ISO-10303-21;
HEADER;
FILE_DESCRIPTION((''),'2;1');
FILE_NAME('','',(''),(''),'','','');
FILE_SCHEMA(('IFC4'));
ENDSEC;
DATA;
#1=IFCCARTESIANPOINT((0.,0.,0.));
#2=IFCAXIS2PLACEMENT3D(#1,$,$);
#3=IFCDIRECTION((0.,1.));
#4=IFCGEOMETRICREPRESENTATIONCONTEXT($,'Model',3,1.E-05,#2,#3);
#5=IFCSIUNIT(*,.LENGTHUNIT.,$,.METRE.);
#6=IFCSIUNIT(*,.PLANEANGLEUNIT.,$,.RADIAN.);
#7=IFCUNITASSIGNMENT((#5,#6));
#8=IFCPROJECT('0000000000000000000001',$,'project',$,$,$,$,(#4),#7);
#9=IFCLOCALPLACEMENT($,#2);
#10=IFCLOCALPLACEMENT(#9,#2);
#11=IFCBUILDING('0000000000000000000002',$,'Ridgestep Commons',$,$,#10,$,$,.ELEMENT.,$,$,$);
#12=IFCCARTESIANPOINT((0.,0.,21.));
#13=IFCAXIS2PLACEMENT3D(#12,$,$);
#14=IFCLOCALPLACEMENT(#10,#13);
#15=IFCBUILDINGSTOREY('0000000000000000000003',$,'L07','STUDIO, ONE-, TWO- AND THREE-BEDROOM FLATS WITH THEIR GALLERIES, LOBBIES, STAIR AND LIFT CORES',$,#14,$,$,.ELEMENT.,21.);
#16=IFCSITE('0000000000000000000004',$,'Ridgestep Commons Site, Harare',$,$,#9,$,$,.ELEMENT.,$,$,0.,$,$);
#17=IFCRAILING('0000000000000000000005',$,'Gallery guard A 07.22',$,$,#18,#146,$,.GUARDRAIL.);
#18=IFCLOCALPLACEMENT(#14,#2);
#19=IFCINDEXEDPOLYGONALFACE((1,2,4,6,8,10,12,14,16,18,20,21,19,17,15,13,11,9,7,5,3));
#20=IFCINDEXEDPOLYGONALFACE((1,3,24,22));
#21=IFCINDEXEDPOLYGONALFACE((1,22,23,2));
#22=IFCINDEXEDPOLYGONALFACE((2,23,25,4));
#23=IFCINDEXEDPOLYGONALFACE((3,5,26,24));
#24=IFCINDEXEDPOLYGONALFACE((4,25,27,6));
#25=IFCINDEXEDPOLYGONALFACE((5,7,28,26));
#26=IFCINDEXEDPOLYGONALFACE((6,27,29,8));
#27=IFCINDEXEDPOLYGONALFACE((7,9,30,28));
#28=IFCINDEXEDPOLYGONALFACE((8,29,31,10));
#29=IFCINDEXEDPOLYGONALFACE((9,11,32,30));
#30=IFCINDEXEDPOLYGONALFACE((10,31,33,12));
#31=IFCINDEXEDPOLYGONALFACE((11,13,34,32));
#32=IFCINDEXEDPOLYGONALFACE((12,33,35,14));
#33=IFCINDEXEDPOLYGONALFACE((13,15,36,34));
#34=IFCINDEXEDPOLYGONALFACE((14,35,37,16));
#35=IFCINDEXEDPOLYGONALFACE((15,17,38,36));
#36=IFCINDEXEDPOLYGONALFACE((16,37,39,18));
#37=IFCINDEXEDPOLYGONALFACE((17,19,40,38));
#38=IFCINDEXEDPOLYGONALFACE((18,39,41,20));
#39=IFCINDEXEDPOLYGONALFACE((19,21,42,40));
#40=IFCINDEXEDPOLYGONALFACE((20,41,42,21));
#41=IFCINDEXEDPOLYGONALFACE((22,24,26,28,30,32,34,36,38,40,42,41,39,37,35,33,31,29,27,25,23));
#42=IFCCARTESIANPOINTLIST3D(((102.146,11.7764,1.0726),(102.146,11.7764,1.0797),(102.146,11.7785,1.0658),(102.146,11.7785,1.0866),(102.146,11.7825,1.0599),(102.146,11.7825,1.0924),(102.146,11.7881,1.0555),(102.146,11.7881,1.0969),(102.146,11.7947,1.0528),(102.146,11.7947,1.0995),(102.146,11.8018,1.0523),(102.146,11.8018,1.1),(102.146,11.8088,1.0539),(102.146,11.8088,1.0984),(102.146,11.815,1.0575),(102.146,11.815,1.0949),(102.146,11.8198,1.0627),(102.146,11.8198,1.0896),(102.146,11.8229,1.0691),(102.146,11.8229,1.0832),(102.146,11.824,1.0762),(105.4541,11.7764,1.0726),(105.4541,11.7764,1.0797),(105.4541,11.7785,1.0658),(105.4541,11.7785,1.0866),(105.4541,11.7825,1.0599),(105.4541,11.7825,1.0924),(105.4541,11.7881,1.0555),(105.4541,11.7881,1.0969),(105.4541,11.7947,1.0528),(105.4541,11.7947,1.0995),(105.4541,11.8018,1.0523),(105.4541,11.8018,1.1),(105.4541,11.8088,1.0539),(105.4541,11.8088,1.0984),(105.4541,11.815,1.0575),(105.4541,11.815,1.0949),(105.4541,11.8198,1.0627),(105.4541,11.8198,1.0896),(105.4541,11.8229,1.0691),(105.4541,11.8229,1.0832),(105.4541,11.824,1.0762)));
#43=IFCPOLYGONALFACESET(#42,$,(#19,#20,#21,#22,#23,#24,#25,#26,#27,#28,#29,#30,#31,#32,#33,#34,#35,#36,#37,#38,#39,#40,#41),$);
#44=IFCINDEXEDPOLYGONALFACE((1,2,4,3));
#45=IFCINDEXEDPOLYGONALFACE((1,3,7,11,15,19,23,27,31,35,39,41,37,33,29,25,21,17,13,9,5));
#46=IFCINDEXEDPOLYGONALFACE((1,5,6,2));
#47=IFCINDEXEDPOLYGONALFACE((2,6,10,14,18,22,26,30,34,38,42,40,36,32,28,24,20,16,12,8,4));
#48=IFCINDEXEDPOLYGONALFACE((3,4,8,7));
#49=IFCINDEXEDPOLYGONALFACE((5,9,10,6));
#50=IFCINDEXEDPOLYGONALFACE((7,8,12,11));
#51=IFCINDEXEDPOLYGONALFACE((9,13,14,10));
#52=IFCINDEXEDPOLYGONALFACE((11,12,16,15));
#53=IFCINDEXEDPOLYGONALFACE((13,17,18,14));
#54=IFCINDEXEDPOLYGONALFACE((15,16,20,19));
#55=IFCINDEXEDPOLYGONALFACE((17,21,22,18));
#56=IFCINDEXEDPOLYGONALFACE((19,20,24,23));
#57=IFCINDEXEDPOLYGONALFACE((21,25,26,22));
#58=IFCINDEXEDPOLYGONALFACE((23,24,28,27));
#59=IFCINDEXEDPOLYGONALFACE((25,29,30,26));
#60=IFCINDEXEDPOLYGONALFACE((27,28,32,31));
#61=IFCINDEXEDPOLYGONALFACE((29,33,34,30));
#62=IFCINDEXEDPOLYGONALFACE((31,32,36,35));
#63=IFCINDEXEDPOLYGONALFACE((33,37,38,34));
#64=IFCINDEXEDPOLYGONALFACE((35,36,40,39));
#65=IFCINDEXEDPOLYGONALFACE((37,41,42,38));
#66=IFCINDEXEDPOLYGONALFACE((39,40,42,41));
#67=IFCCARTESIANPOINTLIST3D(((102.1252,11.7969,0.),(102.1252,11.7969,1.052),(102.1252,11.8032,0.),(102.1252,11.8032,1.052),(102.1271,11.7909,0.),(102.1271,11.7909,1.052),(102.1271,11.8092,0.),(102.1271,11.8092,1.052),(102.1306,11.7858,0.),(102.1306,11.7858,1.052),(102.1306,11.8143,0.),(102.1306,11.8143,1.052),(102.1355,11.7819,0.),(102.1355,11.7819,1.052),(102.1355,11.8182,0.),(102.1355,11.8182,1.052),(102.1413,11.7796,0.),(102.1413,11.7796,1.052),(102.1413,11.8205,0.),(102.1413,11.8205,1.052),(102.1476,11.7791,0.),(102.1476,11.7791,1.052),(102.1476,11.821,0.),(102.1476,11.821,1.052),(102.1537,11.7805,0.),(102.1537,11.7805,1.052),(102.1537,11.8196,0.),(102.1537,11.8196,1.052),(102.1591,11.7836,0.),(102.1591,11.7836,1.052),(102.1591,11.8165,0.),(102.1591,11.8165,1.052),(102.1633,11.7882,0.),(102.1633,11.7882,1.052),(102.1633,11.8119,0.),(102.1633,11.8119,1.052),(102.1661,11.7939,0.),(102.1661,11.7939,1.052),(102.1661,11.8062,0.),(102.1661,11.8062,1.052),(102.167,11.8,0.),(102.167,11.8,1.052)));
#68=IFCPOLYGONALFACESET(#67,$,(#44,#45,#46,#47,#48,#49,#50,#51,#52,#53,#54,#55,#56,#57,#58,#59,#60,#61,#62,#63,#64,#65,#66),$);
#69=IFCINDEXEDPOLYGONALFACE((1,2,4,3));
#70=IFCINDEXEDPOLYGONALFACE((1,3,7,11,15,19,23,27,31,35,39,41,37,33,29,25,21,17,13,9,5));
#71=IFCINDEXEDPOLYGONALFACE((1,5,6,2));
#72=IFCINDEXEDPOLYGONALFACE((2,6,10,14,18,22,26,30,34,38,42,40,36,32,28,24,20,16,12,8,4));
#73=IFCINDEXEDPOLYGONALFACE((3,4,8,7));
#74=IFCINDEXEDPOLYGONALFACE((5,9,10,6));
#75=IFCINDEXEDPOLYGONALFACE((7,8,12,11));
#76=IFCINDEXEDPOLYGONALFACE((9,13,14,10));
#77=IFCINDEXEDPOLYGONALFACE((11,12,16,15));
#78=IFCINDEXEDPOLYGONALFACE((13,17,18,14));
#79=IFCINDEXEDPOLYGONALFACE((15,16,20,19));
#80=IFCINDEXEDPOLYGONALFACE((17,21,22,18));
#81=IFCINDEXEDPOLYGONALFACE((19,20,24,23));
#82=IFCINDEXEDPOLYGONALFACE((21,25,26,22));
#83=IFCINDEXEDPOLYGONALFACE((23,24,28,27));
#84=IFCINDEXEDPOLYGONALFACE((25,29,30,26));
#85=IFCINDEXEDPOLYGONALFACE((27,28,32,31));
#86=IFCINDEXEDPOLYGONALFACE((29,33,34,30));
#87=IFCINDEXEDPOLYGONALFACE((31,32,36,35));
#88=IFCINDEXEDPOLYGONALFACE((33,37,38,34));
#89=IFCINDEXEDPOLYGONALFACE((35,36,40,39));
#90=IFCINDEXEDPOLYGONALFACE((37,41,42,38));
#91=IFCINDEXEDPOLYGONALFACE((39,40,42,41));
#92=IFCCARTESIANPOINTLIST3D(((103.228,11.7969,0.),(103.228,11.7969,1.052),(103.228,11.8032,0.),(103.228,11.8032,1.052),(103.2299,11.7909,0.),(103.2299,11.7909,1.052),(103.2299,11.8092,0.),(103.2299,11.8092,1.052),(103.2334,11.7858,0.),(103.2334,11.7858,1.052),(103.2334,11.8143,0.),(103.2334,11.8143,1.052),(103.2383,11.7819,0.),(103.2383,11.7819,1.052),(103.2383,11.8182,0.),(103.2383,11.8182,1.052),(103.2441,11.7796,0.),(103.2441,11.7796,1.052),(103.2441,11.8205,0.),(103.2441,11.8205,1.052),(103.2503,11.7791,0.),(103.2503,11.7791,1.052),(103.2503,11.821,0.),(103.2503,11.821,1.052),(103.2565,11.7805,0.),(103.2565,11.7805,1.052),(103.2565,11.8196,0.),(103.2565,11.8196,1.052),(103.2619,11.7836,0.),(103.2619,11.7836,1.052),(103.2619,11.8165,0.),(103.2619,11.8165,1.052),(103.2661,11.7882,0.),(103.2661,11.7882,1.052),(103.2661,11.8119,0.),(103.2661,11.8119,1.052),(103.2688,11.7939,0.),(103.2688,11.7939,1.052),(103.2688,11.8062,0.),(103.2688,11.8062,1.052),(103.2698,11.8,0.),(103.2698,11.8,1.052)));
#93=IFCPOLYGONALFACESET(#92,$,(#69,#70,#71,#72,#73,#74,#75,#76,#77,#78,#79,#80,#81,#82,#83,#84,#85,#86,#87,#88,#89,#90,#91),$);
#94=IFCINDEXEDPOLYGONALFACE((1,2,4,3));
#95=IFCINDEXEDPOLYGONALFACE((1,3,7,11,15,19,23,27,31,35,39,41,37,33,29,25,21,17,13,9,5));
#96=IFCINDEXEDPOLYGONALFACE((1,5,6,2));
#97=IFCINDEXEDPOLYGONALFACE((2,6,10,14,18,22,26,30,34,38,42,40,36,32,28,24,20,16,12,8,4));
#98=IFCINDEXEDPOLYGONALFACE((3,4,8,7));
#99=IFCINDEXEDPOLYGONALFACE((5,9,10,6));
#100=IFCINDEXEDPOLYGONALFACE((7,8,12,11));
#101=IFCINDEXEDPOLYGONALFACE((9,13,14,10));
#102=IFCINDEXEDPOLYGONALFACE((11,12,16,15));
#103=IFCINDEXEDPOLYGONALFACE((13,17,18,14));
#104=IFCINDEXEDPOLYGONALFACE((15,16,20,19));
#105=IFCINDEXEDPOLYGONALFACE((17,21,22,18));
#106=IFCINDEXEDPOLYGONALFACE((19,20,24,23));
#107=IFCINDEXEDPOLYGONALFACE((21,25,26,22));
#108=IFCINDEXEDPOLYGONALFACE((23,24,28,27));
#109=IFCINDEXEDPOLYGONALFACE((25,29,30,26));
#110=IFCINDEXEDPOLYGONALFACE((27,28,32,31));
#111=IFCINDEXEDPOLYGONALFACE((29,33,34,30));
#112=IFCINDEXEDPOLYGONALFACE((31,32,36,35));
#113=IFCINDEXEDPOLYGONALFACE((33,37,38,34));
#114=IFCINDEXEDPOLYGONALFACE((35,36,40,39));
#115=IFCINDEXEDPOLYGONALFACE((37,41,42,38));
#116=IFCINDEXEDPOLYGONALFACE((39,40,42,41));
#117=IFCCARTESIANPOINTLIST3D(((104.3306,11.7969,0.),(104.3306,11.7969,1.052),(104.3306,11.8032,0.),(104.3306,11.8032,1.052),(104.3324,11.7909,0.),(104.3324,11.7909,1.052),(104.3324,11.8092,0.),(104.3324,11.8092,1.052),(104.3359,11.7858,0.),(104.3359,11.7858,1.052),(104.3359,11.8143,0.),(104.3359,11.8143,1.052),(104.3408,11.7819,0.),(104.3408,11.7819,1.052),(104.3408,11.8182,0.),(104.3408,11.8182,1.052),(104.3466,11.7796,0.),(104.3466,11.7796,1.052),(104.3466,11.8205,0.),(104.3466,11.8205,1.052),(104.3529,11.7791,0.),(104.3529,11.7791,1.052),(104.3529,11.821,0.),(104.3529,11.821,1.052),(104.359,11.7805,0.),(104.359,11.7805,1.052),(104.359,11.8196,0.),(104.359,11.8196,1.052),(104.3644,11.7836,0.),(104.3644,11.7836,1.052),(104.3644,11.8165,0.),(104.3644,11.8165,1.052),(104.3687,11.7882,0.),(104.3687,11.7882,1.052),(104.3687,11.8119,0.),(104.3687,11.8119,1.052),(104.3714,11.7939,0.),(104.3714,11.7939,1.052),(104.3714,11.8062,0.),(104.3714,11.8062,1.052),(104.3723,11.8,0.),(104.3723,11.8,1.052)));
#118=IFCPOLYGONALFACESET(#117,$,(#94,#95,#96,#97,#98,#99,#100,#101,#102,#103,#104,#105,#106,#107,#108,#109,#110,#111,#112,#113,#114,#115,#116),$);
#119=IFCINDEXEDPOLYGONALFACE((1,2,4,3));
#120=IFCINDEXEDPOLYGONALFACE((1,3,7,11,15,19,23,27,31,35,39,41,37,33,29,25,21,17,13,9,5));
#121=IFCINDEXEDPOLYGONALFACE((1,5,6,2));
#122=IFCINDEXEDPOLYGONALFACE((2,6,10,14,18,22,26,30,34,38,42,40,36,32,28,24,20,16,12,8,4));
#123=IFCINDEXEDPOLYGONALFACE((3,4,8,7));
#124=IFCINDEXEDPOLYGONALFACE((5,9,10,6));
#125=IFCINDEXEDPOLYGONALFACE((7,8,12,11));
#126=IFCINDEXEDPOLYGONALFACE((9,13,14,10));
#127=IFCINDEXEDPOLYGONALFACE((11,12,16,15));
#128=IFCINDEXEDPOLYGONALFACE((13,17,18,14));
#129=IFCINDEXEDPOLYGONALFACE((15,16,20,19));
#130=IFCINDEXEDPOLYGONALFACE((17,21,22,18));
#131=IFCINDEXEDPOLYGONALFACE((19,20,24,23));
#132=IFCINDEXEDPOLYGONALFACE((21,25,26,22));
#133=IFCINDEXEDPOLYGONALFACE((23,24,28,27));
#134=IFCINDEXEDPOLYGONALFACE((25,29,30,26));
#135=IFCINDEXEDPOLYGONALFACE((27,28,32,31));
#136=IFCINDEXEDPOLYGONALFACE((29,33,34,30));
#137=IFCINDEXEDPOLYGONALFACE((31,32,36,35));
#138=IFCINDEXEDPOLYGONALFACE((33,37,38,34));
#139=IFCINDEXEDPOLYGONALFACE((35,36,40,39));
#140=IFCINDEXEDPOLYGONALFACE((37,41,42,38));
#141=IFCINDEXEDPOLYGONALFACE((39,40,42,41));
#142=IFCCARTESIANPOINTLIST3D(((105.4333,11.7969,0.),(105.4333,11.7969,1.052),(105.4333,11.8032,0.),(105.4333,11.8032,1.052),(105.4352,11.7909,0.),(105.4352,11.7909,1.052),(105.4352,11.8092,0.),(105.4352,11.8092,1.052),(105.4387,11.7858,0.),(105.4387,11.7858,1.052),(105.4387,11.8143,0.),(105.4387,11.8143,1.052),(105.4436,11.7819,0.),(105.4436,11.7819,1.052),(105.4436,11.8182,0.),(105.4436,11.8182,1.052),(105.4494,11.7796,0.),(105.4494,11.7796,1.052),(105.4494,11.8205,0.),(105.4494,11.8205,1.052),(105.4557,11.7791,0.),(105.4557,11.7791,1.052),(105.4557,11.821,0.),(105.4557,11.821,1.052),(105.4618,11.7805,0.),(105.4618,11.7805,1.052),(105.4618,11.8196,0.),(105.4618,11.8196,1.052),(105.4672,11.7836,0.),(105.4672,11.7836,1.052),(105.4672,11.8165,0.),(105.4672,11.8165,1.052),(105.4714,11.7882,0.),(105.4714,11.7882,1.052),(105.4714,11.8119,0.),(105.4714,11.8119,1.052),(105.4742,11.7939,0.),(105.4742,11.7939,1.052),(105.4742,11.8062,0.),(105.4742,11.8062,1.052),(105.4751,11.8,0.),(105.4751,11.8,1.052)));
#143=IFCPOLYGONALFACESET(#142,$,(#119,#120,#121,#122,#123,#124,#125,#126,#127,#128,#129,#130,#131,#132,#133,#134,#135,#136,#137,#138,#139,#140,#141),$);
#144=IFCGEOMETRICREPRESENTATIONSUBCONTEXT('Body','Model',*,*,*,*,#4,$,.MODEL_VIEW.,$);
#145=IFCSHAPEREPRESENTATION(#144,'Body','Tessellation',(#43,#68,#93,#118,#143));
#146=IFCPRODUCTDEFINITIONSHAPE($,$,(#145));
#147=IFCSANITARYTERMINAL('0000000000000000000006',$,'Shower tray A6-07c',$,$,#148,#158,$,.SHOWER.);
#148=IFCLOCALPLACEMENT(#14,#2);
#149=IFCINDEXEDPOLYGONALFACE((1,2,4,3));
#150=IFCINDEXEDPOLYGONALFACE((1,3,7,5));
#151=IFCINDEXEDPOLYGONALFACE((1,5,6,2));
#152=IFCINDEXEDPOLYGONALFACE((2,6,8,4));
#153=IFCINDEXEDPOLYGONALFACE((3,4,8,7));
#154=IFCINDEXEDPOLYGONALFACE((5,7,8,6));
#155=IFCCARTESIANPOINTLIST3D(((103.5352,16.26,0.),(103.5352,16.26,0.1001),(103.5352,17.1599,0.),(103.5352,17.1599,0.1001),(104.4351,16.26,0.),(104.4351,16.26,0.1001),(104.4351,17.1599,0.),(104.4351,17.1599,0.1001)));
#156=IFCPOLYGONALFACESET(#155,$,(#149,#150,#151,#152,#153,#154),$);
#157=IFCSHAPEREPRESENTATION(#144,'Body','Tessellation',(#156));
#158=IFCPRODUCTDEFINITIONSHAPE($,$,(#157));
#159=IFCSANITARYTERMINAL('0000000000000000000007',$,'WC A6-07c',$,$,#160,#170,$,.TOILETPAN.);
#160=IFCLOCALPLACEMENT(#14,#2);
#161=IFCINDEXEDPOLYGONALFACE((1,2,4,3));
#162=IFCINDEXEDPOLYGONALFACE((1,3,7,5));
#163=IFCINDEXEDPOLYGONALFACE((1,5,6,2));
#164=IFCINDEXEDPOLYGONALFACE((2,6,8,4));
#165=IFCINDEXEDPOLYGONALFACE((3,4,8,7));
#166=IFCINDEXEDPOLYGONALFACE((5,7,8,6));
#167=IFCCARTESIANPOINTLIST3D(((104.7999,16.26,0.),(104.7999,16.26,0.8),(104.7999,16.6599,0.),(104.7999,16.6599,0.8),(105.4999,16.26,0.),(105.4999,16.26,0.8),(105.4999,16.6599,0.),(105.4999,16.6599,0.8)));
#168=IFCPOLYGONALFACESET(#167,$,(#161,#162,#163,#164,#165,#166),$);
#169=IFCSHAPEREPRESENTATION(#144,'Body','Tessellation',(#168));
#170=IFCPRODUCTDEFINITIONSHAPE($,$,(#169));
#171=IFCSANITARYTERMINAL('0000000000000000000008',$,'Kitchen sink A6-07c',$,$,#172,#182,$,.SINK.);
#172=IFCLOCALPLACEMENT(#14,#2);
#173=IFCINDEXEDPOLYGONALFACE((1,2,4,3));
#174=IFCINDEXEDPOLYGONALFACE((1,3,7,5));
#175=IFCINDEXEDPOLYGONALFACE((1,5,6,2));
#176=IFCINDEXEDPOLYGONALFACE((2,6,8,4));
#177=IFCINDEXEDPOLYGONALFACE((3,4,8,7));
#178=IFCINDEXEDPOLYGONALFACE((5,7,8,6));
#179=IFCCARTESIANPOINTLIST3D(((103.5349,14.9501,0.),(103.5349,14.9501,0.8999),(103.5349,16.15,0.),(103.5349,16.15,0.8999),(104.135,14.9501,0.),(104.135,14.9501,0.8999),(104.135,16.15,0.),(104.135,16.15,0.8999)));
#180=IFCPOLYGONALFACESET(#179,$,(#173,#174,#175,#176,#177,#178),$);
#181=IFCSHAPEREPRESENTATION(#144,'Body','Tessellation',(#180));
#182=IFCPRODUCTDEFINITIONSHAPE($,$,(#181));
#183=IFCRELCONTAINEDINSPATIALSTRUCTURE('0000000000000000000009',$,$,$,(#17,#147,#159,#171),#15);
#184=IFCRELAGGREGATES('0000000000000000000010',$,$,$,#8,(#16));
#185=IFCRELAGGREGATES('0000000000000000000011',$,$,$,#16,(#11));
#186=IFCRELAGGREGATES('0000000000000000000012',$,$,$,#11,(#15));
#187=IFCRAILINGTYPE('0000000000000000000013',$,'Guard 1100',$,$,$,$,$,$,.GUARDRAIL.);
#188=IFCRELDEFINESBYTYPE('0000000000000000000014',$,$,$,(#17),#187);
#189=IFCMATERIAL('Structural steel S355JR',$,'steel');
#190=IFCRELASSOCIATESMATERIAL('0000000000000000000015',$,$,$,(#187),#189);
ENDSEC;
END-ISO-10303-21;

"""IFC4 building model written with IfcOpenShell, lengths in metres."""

from ifc_helpers import new_model, si_unit, direction, frame, origin, origin_2d, place, context, subcontext, project, spatial, rectangle, circle, extrude, material, type_object, element, save


model = new_model("IFC4")

# Units and contexts
model_context = context("Model", 3, precision=1e-05, world=origin(), true_north=direction((0.0, 1.0)))
body_context = subcontext(model_context, "Body", "Model", "MODEL_VIEW")
ifc_project = project(units=[si_unit("LENGTHUNIT", "METRE"), si_unit("PLANEANGLEUNIT", "RADIAN")], contexts=[model_context])

# Site, building, storey
site_placement = place(None, origin())
site = spatial("IfcSite", under=ifc_project, at=site_placement, Name="Ridgestep Commons Site, Harare", CompositionType="ELEMENT", RefElevation=0.0)
building_placement = place(site_placement, origin())
building = spatial("IfcBuilding", under=site, at=building_placement, Name="Ridgestep Commons", CompositionType="ELEMENT")
storey_placement = place(building_placement, frame((0.0, 0.0, 21.0)))
storey = spatial("IfcBuildingStorey", under=building, at=storey_placement, Name="L07", Description="STUDIO, ONE-, TWO- AND THREE-BEDROOM FLATS WITH THEIR GALLERIES, LOBBIES, STAIR AND LIFT CORES", CompositionType="ELEMENT", Elevation=21.0)

# Railing
ifc_material_1 = material(Name="Structural steel S355JR", Category="steel")
railing_type = type_object("IfcRailingType", Name="Guard 1100", PredefinedType="GUARDRAIL", material=ifc_material_1)
railing_placement = place(storey_placement, frame((102.146, 11.8, 0.0)))
element("IfcRailing", 1, at=railing_placement, inside=storey, type_object=railing_type, Name="Gallery guard A 07.22", PredefinedType="GUARDRAIL", context=body_context, shape_type="SweptSolid", body=[
    extrude(circle(Radius=0.0239, at=origin_2d()), frame((0.0, 0.0, 1.0762), z_axis=(1.0, 0.0, 0.0), x_axis=(0.0, 1.0, 0.0)), (0.0, 0.0, 1.0), 3.3081),
    extrude(circle(Radius=0.021, at=origin_2d()), origin(), (0.0, 0.0, 1.0), 1.052),
    extrude(circle(Radius=0.021, at=origin_2d()), frame((1.1028, 0.0, 0.0)), (0.0, 0.0, 1.0), 1.052),
    extrude(circle(Radius=0.021, at=origin_2d()), frame((2.2053, 0.0, 0.0)), (0.0, 0.0, 1.0), 1.052),
    extrude(circle(Radius=0.021, at=origin_2d()), frame((3.3081, 0.0, 0.0)), (0.0, 0.0, 1.0), 1.052),
])

# Sanitary terminals
sanitary_terminal_1_placement = place(storey_placement, frame((103.9851, 16.71, 0.0), z_axis=(0.0, 0.0, 1.0), x_axis=(1.0, 0.0, 0.0)))
element("IfcSanitaryTerminal", 2, at=sanitary_terminal_1_placement, inside=storey, Name="Shower tray A6-07c", PredefinedType="SHOWER", context=body_context, shape_type="SweptSolid", body=[
    extrude(rectangle(XDim=0.8999, YDim=0.8999, at=origin_2d()), origin(), (0.0, 0.0, 1.0), 0.1001),
])
sanitary_terminal_2_placement = place(storey_placement, frame((105.1499, 16.46, 0.0), z_axis=(0.0, 0.0, 1.0), x_axis=(1.0, 0.0, 0.0)))
element("IfcSanitaryTerminal", 3, at=sanitary_terminal_2_placement, inside=storey, Name="WC A6-07c", PredefinedType="TOILETPAN", context=body_context, shape_type="SweptSolid", body=[
    extrude(rectangle(XDim=0.7, YDim=0.3999, at=origin_2d()), origin(), (0.0, 0.0, 1.0), 0.8),
])
sanitary_terminal_3_placement = place(storey_placement, frame((103.835, 15.55, 0.0), z_axis=(0.0, 0.0, 1.0), x_axis=(1.0, 0.0, 0.0)))
element("IfcSanitaryTerminal", 4, at=sanitary_terminal_3_placement, inside=storey, Name="Kitchen sink A6-07c", PredefinedType="SINK", context=body_context, shape_type="SweptSolid", body=[
    extrude(rectangle(XDim=0.6001, YDim=1.2, at=origin_2d()), origin(), (0.0, 0.0, 1.0), 0.8999),
])

save(model, "model.ifc")
